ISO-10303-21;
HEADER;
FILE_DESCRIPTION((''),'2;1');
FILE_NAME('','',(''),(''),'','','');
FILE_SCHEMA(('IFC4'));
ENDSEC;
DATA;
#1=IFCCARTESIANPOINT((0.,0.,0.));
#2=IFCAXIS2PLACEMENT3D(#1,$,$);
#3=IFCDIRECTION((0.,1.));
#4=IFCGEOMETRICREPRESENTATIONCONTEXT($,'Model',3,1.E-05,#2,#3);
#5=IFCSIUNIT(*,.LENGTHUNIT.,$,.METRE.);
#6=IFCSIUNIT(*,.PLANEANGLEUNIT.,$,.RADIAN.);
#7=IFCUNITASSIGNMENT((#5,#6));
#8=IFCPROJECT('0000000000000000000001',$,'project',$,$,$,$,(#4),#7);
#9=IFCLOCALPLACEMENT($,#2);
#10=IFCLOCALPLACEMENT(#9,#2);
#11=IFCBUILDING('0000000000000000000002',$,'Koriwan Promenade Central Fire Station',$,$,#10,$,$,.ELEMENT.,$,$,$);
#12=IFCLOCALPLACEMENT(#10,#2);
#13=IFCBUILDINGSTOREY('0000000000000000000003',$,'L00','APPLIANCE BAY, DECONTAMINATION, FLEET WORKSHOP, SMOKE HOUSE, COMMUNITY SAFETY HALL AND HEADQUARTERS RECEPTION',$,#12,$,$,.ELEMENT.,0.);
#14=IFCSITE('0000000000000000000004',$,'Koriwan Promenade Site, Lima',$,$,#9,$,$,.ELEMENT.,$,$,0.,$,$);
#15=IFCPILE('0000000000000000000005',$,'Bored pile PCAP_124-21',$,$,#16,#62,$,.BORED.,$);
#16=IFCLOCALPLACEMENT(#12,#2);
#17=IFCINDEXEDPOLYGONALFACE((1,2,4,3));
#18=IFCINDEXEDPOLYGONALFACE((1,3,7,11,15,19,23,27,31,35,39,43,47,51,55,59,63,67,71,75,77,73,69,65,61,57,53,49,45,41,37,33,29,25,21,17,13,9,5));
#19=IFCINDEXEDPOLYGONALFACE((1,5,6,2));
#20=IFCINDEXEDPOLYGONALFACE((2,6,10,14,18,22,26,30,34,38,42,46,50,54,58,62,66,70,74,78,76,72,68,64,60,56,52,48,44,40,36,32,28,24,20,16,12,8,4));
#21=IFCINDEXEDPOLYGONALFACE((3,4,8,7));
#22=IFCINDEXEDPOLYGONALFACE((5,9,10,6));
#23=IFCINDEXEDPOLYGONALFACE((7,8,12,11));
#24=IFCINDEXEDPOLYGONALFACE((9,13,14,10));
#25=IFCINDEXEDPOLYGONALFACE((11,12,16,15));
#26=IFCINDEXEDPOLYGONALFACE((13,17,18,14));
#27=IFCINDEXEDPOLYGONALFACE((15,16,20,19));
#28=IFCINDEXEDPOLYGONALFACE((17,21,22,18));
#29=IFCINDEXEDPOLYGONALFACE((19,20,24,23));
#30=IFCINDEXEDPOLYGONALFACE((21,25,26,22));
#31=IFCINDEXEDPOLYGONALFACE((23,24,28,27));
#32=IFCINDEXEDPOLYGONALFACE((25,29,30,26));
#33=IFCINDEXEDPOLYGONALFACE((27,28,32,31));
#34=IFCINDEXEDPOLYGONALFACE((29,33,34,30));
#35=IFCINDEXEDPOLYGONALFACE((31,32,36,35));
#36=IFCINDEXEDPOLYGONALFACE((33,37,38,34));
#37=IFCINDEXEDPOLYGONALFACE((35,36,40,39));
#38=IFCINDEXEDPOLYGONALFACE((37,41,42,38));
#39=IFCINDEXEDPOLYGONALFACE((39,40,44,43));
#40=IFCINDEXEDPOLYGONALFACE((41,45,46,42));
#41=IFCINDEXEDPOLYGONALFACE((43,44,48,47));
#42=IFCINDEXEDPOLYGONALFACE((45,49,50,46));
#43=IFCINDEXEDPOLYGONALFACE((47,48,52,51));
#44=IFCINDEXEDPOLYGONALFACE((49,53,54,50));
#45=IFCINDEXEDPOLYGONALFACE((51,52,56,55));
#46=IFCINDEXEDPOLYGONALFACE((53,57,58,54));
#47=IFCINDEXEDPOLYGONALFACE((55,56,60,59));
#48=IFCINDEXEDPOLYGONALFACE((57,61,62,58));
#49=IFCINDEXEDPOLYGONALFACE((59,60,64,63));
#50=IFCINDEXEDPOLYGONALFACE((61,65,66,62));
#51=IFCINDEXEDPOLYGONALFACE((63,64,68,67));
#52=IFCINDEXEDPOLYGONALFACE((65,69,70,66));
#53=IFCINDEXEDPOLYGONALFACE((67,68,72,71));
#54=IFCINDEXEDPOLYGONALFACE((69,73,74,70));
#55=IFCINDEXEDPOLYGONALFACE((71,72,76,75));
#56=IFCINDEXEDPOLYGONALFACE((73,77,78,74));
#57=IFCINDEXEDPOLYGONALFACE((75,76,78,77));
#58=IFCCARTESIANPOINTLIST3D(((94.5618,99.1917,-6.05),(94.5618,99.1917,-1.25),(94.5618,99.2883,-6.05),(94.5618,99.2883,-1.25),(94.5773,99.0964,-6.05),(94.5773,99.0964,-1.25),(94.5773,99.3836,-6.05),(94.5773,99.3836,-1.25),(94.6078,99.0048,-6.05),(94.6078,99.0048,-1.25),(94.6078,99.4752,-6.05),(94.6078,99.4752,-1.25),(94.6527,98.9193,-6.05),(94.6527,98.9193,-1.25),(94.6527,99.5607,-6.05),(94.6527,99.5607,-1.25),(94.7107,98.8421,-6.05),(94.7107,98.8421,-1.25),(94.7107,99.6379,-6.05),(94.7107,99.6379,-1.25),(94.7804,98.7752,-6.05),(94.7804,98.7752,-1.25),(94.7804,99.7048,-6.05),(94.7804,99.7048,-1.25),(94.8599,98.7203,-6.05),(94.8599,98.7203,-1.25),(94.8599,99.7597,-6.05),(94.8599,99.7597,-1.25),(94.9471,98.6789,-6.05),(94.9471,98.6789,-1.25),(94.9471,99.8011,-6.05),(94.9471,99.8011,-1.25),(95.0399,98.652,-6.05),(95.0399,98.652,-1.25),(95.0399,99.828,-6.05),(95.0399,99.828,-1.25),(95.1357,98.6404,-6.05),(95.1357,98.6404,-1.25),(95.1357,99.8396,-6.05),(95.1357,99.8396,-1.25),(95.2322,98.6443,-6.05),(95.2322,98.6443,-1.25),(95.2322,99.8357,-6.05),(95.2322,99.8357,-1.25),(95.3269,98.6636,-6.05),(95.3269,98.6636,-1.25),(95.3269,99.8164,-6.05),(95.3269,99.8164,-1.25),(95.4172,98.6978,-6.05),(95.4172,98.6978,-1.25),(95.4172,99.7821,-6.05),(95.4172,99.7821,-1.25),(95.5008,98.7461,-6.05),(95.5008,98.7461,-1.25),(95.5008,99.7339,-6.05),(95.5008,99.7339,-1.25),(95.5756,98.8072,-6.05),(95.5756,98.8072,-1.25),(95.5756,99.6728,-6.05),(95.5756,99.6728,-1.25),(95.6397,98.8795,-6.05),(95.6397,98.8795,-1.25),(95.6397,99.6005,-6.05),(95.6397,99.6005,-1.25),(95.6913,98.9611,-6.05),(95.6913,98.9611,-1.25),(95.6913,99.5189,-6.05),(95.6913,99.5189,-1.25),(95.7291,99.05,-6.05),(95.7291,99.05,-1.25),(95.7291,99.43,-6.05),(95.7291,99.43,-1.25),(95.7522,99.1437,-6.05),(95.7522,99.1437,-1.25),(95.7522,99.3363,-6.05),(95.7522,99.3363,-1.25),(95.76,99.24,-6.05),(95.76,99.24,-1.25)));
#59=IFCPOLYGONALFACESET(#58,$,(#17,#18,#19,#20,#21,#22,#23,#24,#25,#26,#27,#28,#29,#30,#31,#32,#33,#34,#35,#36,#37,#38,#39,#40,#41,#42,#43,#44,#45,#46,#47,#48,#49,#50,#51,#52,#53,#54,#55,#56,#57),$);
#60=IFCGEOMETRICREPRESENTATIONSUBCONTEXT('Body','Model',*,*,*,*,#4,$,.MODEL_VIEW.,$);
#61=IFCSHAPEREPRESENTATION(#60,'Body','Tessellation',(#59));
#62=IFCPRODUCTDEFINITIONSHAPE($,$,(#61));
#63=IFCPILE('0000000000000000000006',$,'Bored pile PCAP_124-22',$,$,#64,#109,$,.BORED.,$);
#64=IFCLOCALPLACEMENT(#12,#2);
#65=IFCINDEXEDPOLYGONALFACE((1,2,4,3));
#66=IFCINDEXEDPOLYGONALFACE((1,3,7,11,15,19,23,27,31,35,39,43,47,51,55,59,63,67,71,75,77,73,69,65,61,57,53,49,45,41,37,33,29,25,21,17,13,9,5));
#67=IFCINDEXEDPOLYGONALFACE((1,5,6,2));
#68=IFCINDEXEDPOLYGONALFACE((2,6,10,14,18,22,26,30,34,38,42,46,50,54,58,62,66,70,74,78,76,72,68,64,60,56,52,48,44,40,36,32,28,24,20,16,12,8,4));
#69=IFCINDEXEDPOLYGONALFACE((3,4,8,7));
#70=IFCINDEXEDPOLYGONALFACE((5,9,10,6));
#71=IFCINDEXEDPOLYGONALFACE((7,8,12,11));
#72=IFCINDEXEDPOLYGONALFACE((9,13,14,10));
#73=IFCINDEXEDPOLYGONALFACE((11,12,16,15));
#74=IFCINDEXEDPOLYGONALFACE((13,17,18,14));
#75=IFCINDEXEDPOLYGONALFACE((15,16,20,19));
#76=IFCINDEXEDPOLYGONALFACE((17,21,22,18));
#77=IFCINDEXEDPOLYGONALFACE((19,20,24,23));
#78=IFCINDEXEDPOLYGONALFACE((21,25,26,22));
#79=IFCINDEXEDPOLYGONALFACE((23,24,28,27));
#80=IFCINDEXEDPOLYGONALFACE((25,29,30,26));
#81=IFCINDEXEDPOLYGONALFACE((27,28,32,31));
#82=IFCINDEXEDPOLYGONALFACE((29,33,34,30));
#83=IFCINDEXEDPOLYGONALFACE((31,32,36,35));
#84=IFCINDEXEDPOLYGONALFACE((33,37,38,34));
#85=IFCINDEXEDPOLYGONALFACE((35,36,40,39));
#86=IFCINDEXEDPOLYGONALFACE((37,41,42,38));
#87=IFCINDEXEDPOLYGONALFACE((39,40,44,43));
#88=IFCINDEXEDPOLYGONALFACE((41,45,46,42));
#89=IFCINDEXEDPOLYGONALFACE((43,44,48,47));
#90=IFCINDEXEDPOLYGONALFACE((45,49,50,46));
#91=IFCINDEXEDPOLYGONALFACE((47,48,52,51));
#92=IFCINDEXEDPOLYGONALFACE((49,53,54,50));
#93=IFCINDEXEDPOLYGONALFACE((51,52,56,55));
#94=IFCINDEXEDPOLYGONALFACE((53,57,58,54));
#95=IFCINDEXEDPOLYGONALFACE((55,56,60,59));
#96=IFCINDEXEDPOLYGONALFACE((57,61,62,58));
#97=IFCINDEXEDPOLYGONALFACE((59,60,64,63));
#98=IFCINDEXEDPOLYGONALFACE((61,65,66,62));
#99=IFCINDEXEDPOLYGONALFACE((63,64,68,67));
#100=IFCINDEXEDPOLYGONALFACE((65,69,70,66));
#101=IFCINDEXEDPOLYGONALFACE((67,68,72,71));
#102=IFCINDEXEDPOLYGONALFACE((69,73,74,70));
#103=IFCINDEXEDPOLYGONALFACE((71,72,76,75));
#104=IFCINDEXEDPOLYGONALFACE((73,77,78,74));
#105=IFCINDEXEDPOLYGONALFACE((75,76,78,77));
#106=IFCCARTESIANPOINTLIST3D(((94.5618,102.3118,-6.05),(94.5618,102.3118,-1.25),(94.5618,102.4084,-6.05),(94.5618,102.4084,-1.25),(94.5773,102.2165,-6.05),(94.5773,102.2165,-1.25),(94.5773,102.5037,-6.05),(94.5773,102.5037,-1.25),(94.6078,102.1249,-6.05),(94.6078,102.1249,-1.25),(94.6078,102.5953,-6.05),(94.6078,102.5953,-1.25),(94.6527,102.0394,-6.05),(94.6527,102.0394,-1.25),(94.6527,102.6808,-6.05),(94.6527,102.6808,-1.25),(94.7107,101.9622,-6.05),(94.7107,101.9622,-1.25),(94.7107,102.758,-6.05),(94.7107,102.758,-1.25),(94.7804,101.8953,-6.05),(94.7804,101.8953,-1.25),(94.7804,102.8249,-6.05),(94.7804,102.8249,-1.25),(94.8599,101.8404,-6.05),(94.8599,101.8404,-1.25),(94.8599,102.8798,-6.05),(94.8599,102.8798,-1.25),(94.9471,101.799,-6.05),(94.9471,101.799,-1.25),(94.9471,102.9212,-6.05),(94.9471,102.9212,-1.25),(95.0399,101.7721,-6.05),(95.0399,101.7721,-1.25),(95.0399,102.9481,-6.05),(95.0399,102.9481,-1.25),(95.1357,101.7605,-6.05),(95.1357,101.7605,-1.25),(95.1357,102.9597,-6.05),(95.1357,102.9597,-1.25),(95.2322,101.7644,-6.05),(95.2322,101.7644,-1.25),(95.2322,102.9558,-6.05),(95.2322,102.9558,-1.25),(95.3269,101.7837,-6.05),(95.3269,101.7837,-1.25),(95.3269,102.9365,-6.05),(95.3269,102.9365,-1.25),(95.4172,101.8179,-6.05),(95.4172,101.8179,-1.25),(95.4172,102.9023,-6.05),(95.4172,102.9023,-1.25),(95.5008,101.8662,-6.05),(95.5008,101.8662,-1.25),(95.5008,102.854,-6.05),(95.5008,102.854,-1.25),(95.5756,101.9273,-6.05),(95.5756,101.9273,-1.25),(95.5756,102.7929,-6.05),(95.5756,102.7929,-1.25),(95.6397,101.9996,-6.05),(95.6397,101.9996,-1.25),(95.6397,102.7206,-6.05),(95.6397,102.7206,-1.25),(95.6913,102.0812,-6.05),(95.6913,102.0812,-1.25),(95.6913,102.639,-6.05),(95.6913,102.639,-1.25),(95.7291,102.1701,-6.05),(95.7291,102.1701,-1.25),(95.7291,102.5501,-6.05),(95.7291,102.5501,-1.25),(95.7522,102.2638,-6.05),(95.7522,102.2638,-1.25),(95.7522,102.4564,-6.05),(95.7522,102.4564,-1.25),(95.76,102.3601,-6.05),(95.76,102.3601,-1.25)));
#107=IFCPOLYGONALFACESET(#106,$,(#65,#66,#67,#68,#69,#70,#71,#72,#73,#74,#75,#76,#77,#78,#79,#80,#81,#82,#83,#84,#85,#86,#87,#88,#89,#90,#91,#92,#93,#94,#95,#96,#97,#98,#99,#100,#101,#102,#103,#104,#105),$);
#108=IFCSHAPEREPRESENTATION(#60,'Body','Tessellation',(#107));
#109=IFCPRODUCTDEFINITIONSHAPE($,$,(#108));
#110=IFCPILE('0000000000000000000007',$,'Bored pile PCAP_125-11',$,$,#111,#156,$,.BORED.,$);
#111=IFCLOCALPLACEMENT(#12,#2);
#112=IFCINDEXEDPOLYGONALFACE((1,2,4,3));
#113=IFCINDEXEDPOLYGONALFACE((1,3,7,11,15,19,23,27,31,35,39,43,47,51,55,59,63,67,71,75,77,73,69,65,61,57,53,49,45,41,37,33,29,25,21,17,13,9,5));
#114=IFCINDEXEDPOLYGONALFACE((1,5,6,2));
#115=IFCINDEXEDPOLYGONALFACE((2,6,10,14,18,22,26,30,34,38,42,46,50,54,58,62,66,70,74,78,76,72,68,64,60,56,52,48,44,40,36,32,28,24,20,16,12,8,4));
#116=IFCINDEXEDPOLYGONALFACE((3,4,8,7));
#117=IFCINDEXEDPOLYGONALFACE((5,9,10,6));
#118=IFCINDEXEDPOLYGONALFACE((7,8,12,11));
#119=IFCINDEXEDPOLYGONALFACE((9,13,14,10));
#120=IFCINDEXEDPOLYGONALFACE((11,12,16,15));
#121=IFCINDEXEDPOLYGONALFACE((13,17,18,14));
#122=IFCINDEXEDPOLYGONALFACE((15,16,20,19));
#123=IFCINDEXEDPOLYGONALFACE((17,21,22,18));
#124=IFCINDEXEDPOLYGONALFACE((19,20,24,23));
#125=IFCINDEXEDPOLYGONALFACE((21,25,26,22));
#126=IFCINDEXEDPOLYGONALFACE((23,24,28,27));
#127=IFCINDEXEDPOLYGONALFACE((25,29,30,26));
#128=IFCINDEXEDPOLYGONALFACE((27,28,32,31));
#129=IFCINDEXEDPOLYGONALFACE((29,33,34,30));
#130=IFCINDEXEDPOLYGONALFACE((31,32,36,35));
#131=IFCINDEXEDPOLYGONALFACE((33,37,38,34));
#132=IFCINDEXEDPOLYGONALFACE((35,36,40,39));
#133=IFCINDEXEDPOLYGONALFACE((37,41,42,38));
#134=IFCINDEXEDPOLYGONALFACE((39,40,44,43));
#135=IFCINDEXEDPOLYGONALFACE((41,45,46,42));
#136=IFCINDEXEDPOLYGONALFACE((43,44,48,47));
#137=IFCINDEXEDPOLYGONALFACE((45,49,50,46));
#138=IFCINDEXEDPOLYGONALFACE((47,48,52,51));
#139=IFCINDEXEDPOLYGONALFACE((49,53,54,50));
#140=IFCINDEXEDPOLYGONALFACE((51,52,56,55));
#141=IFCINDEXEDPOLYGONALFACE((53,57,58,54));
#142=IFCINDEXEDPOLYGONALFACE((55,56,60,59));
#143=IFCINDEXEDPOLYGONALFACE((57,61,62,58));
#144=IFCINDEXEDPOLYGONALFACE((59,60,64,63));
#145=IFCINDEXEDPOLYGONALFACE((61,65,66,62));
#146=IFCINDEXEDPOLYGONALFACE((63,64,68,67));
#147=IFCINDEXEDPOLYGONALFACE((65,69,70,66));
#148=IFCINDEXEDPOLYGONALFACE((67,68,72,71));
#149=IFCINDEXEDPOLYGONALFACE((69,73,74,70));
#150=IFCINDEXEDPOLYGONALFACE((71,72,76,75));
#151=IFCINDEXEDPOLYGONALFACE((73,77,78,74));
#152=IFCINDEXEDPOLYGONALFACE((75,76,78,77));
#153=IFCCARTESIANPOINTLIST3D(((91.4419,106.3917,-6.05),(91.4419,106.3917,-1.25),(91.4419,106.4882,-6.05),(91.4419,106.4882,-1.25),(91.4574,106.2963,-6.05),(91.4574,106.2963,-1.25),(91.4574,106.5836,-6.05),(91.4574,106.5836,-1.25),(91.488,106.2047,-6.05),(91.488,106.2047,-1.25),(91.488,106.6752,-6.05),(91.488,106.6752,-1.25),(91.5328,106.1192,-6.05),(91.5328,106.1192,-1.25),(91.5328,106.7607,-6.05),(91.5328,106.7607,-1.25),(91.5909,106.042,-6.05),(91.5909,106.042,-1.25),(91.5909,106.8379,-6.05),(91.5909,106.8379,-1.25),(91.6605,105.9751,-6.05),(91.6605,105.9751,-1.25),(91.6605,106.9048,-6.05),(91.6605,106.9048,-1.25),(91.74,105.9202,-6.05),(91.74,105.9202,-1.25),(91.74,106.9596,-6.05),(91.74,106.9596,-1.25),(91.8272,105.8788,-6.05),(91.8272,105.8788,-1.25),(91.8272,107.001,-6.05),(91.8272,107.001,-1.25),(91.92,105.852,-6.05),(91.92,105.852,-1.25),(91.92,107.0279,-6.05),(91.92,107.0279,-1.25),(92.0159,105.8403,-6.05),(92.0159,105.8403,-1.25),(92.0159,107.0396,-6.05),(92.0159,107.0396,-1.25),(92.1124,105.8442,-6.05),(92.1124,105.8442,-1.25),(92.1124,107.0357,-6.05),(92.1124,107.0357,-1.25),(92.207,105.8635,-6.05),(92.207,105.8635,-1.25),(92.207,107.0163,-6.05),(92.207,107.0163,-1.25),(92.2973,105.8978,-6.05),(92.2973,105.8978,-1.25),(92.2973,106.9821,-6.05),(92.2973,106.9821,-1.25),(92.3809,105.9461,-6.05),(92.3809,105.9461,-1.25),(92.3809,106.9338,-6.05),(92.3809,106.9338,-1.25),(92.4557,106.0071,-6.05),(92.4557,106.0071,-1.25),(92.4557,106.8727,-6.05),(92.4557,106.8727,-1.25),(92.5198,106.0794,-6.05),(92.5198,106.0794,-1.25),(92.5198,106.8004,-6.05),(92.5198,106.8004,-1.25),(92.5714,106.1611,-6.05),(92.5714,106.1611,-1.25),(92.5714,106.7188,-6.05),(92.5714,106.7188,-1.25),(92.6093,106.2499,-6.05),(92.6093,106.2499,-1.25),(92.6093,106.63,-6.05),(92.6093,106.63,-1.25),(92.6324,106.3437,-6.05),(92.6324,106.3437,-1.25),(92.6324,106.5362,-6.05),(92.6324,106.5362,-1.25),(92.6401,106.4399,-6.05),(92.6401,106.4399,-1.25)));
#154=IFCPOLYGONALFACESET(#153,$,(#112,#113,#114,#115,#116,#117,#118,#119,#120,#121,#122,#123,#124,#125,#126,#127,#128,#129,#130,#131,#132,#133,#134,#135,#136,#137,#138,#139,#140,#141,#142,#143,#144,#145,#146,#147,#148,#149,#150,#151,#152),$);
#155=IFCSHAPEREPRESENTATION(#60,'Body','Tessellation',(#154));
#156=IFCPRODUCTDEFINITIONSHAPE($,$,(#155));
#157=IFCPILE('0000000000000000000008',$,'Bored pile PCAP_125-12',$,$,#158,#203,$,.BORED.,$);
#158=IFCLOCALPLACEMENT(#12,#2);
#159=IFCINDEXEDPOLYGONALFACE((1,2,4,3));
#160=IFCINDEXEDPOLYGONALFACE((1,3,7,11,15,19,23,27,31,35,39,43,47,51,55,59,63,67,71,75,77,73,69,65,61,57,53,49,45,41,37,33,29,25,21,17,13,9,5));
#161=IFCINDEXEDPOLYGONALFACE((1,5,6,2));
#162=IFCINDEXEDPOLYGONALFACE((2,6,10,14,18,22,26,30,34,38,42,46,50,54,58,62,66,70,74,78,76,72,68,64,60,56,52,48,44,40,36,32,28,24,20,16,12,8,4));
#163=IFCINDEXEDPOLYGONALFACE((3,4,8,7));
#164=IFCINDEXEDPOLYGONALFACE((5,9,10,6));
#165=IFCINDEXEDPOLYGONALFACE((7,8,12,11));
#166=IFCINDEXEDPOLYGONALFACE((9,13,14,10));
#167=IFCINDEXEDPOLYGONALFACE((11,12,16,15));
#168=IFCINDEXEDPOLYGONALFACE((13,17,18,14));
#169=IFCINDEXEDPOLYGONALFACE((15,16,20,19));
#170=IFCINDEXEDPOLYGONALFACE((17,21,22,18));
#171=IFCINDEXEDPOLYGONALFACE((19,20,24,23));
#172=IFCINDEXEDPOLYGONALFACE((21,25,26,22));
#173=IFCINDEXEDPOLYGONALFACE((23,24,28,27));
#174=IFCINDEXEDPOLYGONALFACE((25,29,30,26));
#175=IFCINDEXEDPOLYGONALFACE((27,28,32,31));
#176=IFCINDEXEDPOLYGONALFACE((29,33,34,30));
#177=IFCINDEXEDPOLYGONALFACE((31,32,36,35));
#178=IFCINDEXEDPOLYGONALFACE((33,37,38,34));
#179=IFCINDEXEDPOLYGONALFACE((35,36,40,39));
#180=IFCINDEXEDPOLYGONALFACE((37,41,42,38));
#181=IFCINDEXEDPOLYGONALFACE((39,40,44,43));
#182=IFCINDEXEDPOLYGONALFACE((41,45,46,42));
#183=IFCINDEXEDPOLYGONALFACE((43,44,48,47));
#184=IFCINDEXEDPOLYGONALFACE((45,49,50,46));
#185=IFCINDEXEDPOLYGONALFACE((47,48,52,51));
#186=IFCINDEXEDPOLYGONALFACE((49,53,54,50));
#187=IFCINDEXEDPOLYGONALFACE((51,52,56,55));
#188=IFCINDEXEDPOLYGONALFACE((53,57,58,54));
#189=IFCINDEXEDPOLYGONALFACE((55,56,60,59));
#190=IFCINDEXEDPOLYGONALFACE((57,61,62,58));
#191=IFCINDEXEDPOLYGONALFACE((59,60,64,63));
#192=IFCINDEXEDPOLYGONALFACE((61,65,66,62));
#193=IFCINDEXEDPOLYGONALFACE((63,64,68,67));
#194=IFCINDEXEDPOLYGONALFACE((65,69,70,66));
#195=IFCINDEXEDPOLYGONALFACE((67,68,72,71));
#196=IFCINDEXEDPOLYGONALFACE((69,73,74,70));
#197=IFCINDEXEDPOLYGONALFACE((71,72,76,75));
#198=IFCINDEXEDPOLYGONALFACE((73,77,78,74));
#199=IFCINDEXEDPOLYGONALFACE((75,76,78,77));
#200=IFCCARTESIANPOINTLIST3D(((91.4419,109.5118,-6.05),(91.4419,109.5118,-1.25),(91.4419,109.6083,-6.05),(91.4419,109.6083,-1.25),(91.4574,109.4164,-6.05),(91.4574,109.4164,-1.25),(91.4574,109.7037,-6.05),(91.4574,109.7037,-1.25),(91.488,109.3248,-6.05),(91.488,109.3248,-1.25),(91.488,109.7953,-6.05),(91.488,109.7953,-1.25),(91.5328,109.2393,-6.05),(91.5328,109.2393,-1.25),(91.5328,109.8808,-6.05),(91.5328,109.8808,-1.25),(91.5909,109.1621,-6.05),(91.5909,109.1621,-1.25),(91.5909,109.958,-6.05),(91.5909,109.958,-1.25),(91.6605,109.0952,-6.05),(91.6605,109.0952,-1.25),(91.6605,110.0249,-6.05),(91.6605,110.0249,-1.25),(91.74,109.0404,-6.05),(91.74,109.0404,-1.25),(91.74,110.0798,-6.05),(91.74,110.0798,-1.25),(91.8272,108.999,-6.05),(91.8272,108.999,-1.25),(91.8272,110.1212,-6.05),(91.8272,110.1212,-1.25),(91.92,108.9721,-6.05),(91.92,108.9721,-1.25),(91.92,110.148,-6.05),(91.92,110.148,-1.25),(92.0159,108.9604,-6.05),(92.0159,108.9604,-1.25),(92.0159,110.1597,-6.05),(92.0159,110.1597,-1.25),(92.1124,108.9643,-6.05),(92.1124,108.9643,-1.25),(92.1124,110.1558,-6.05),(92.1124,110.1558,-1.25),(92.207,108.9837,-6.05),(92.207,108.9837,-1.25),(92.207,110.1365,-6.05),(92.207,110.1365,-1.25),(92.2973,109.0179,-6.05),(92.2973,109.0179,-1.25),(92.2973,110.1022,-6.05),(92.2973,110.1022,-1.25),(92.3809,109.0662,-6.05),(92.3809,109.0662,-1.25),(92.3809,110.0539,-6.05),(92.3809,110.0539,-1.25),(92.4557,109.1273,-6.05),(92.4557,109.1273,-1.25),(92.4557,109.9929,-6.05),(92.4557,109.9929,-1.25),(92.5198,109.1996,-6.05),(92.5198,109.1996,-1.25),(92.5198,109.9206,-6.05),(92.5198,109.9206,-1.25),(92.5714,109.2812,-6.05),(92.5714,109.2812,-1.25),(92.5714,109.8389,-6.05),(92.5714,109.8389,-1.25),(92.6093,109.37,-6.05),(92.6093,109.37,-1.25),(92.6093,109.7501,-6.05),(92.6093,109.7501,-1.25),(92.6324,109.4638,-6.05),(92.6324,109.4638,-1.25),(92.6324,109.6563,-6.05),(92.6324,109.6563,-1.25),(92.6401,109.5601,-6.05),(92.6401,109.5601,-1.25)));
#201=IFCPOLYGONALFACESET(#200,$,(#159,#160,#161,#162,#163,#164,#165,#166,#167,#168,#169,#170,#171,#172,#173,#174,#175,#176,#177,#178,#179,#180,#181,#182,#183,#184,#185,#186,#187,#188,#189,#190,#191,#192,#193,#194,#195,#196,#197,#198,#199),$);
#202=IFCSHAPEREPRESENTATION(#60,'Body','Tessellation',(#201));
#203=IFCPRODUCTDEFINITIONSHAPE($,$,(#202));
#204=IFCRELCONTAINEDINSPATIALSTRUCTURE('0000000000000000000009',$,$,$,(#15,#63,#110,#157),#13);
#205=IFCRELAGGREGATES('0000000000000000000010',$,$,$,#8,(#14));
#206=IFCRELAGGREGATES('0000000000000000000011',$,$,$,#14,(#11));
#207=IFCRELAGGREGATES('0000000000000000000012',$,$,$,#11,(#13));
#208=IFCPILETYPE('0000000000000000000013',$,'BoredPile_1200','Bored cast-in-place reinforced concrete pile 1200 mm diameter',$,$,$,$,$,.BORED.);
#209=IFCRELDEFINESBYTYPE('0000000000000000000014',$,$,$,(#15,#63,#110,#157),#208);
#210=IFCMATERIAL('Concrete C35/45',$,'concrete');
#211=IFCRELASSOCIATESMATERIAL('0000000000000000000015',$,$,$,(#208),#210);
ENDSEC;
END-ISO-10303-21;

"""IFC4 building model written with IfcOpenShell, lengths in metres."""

from ifc_helpers import new_model, si_unit, direction, frame, origin, origin_2d, place, context, subcontext, project, spatial, circle, extrude, material, material_profile, profile_set, type_object, element, save


model = new_model("IFC4")

# Units and contexts
model_context = context("Model", 3, precision=1e-05, world=origin(), true_north=direction((0.0, 1.0)))
body_context = subcontext(model_context, "Body", "Model", "MODEL_VIEW")
ifc_project = project(units=[si_unit("LENGTHUNIT", "METRE"), si_unit("PLANEANGLEUNIT", "RADIAN")], contexts=[model_context])

# Site, building, storey
site_placement = place(None, origin())
site = spatial("IfcSite", under=ifc_project, at=site_placement, Name="Koriwan Promenade Site, Lima", CompositionType="ELEMENT", RefElevation=0.0)
building_placement = place(site_placement, origin())
building = spatial("IfcBuilding", under=site, at=building_placement, Name="Koriwan Promenade Central Fire Station", CompositionType="ELEMENT")
storey_placement = place(building_placement, origin())
storey = spatial("IfcBuildingStorey", under=building, at=storey_placement, Name="L00", Description="APPLIANCE BAY, DECONTAMINATION, FLEET WORKSHOP, SMOKE HOUSE, COMMUNITY SAFETY HALL AND HEADQUARTERS RECEPTION", CompositionType="ELEMENT", Elevation=0.0)

# Piles
ifc_material_1 = material(Name="Concrete C35/45", Category="concrete")
ifc_material_profile_1 = material_profile(ifc_material_1, circle(Radius=0.6001, at=origin_2d()), Name="PILE-D1200")
ifc_profile_set_1 = profile_set([ifc_material_profile_1], Name="Concrete C35/45")
pile_type = type_object("IfcPileType", Name="BoredPile_1200", Description="Bored cast-in-place reinforced concrete pile 1200 mm diameter", PredefinedType="BORED", material=ifc_profile_set_1)
for number, where, z_axis, x_axis, name in (
    (1, (95.1599, 99.24, -1.25), (0.0, 0.0, -1.0), (1.0, 0.0, 0.0), "Bored pile PCAP_124-21"),
    (2, (95.1599, 102.3601, -1.25), (0.0, 0.0, -1.0), (1.0, 0.0, 0.0), "Bored pile PCAP_124-22"),
    (3, (92.04, 106.4399, -1.25), (0.0, 0.0, -1.0), (1.0, 0.0, 0.0), "Bored pile PCAP_125-11"),
    (4, (92.04, 109.5601, -1.25), (0.0, 0.0, -1.0), (1.0, 0.0, 0.0), "Bored pile PCAP_125-12"),
):
    element("IfcPile", number, at=place(storey_placement, frame(where, z_axis=z_axis, x_axis=x_axis)), inside=storey, type_object=pile_type, Name=name, PredefinedType="BORED", context=body_context, shape_type="SweptSolid", body=[
        extrude(circle(Radius=0.6001, at=origin_2d()), origin(), (0.0, 0.0, 1.0), 4.8),
    ])

save(model, "model.ifc")
